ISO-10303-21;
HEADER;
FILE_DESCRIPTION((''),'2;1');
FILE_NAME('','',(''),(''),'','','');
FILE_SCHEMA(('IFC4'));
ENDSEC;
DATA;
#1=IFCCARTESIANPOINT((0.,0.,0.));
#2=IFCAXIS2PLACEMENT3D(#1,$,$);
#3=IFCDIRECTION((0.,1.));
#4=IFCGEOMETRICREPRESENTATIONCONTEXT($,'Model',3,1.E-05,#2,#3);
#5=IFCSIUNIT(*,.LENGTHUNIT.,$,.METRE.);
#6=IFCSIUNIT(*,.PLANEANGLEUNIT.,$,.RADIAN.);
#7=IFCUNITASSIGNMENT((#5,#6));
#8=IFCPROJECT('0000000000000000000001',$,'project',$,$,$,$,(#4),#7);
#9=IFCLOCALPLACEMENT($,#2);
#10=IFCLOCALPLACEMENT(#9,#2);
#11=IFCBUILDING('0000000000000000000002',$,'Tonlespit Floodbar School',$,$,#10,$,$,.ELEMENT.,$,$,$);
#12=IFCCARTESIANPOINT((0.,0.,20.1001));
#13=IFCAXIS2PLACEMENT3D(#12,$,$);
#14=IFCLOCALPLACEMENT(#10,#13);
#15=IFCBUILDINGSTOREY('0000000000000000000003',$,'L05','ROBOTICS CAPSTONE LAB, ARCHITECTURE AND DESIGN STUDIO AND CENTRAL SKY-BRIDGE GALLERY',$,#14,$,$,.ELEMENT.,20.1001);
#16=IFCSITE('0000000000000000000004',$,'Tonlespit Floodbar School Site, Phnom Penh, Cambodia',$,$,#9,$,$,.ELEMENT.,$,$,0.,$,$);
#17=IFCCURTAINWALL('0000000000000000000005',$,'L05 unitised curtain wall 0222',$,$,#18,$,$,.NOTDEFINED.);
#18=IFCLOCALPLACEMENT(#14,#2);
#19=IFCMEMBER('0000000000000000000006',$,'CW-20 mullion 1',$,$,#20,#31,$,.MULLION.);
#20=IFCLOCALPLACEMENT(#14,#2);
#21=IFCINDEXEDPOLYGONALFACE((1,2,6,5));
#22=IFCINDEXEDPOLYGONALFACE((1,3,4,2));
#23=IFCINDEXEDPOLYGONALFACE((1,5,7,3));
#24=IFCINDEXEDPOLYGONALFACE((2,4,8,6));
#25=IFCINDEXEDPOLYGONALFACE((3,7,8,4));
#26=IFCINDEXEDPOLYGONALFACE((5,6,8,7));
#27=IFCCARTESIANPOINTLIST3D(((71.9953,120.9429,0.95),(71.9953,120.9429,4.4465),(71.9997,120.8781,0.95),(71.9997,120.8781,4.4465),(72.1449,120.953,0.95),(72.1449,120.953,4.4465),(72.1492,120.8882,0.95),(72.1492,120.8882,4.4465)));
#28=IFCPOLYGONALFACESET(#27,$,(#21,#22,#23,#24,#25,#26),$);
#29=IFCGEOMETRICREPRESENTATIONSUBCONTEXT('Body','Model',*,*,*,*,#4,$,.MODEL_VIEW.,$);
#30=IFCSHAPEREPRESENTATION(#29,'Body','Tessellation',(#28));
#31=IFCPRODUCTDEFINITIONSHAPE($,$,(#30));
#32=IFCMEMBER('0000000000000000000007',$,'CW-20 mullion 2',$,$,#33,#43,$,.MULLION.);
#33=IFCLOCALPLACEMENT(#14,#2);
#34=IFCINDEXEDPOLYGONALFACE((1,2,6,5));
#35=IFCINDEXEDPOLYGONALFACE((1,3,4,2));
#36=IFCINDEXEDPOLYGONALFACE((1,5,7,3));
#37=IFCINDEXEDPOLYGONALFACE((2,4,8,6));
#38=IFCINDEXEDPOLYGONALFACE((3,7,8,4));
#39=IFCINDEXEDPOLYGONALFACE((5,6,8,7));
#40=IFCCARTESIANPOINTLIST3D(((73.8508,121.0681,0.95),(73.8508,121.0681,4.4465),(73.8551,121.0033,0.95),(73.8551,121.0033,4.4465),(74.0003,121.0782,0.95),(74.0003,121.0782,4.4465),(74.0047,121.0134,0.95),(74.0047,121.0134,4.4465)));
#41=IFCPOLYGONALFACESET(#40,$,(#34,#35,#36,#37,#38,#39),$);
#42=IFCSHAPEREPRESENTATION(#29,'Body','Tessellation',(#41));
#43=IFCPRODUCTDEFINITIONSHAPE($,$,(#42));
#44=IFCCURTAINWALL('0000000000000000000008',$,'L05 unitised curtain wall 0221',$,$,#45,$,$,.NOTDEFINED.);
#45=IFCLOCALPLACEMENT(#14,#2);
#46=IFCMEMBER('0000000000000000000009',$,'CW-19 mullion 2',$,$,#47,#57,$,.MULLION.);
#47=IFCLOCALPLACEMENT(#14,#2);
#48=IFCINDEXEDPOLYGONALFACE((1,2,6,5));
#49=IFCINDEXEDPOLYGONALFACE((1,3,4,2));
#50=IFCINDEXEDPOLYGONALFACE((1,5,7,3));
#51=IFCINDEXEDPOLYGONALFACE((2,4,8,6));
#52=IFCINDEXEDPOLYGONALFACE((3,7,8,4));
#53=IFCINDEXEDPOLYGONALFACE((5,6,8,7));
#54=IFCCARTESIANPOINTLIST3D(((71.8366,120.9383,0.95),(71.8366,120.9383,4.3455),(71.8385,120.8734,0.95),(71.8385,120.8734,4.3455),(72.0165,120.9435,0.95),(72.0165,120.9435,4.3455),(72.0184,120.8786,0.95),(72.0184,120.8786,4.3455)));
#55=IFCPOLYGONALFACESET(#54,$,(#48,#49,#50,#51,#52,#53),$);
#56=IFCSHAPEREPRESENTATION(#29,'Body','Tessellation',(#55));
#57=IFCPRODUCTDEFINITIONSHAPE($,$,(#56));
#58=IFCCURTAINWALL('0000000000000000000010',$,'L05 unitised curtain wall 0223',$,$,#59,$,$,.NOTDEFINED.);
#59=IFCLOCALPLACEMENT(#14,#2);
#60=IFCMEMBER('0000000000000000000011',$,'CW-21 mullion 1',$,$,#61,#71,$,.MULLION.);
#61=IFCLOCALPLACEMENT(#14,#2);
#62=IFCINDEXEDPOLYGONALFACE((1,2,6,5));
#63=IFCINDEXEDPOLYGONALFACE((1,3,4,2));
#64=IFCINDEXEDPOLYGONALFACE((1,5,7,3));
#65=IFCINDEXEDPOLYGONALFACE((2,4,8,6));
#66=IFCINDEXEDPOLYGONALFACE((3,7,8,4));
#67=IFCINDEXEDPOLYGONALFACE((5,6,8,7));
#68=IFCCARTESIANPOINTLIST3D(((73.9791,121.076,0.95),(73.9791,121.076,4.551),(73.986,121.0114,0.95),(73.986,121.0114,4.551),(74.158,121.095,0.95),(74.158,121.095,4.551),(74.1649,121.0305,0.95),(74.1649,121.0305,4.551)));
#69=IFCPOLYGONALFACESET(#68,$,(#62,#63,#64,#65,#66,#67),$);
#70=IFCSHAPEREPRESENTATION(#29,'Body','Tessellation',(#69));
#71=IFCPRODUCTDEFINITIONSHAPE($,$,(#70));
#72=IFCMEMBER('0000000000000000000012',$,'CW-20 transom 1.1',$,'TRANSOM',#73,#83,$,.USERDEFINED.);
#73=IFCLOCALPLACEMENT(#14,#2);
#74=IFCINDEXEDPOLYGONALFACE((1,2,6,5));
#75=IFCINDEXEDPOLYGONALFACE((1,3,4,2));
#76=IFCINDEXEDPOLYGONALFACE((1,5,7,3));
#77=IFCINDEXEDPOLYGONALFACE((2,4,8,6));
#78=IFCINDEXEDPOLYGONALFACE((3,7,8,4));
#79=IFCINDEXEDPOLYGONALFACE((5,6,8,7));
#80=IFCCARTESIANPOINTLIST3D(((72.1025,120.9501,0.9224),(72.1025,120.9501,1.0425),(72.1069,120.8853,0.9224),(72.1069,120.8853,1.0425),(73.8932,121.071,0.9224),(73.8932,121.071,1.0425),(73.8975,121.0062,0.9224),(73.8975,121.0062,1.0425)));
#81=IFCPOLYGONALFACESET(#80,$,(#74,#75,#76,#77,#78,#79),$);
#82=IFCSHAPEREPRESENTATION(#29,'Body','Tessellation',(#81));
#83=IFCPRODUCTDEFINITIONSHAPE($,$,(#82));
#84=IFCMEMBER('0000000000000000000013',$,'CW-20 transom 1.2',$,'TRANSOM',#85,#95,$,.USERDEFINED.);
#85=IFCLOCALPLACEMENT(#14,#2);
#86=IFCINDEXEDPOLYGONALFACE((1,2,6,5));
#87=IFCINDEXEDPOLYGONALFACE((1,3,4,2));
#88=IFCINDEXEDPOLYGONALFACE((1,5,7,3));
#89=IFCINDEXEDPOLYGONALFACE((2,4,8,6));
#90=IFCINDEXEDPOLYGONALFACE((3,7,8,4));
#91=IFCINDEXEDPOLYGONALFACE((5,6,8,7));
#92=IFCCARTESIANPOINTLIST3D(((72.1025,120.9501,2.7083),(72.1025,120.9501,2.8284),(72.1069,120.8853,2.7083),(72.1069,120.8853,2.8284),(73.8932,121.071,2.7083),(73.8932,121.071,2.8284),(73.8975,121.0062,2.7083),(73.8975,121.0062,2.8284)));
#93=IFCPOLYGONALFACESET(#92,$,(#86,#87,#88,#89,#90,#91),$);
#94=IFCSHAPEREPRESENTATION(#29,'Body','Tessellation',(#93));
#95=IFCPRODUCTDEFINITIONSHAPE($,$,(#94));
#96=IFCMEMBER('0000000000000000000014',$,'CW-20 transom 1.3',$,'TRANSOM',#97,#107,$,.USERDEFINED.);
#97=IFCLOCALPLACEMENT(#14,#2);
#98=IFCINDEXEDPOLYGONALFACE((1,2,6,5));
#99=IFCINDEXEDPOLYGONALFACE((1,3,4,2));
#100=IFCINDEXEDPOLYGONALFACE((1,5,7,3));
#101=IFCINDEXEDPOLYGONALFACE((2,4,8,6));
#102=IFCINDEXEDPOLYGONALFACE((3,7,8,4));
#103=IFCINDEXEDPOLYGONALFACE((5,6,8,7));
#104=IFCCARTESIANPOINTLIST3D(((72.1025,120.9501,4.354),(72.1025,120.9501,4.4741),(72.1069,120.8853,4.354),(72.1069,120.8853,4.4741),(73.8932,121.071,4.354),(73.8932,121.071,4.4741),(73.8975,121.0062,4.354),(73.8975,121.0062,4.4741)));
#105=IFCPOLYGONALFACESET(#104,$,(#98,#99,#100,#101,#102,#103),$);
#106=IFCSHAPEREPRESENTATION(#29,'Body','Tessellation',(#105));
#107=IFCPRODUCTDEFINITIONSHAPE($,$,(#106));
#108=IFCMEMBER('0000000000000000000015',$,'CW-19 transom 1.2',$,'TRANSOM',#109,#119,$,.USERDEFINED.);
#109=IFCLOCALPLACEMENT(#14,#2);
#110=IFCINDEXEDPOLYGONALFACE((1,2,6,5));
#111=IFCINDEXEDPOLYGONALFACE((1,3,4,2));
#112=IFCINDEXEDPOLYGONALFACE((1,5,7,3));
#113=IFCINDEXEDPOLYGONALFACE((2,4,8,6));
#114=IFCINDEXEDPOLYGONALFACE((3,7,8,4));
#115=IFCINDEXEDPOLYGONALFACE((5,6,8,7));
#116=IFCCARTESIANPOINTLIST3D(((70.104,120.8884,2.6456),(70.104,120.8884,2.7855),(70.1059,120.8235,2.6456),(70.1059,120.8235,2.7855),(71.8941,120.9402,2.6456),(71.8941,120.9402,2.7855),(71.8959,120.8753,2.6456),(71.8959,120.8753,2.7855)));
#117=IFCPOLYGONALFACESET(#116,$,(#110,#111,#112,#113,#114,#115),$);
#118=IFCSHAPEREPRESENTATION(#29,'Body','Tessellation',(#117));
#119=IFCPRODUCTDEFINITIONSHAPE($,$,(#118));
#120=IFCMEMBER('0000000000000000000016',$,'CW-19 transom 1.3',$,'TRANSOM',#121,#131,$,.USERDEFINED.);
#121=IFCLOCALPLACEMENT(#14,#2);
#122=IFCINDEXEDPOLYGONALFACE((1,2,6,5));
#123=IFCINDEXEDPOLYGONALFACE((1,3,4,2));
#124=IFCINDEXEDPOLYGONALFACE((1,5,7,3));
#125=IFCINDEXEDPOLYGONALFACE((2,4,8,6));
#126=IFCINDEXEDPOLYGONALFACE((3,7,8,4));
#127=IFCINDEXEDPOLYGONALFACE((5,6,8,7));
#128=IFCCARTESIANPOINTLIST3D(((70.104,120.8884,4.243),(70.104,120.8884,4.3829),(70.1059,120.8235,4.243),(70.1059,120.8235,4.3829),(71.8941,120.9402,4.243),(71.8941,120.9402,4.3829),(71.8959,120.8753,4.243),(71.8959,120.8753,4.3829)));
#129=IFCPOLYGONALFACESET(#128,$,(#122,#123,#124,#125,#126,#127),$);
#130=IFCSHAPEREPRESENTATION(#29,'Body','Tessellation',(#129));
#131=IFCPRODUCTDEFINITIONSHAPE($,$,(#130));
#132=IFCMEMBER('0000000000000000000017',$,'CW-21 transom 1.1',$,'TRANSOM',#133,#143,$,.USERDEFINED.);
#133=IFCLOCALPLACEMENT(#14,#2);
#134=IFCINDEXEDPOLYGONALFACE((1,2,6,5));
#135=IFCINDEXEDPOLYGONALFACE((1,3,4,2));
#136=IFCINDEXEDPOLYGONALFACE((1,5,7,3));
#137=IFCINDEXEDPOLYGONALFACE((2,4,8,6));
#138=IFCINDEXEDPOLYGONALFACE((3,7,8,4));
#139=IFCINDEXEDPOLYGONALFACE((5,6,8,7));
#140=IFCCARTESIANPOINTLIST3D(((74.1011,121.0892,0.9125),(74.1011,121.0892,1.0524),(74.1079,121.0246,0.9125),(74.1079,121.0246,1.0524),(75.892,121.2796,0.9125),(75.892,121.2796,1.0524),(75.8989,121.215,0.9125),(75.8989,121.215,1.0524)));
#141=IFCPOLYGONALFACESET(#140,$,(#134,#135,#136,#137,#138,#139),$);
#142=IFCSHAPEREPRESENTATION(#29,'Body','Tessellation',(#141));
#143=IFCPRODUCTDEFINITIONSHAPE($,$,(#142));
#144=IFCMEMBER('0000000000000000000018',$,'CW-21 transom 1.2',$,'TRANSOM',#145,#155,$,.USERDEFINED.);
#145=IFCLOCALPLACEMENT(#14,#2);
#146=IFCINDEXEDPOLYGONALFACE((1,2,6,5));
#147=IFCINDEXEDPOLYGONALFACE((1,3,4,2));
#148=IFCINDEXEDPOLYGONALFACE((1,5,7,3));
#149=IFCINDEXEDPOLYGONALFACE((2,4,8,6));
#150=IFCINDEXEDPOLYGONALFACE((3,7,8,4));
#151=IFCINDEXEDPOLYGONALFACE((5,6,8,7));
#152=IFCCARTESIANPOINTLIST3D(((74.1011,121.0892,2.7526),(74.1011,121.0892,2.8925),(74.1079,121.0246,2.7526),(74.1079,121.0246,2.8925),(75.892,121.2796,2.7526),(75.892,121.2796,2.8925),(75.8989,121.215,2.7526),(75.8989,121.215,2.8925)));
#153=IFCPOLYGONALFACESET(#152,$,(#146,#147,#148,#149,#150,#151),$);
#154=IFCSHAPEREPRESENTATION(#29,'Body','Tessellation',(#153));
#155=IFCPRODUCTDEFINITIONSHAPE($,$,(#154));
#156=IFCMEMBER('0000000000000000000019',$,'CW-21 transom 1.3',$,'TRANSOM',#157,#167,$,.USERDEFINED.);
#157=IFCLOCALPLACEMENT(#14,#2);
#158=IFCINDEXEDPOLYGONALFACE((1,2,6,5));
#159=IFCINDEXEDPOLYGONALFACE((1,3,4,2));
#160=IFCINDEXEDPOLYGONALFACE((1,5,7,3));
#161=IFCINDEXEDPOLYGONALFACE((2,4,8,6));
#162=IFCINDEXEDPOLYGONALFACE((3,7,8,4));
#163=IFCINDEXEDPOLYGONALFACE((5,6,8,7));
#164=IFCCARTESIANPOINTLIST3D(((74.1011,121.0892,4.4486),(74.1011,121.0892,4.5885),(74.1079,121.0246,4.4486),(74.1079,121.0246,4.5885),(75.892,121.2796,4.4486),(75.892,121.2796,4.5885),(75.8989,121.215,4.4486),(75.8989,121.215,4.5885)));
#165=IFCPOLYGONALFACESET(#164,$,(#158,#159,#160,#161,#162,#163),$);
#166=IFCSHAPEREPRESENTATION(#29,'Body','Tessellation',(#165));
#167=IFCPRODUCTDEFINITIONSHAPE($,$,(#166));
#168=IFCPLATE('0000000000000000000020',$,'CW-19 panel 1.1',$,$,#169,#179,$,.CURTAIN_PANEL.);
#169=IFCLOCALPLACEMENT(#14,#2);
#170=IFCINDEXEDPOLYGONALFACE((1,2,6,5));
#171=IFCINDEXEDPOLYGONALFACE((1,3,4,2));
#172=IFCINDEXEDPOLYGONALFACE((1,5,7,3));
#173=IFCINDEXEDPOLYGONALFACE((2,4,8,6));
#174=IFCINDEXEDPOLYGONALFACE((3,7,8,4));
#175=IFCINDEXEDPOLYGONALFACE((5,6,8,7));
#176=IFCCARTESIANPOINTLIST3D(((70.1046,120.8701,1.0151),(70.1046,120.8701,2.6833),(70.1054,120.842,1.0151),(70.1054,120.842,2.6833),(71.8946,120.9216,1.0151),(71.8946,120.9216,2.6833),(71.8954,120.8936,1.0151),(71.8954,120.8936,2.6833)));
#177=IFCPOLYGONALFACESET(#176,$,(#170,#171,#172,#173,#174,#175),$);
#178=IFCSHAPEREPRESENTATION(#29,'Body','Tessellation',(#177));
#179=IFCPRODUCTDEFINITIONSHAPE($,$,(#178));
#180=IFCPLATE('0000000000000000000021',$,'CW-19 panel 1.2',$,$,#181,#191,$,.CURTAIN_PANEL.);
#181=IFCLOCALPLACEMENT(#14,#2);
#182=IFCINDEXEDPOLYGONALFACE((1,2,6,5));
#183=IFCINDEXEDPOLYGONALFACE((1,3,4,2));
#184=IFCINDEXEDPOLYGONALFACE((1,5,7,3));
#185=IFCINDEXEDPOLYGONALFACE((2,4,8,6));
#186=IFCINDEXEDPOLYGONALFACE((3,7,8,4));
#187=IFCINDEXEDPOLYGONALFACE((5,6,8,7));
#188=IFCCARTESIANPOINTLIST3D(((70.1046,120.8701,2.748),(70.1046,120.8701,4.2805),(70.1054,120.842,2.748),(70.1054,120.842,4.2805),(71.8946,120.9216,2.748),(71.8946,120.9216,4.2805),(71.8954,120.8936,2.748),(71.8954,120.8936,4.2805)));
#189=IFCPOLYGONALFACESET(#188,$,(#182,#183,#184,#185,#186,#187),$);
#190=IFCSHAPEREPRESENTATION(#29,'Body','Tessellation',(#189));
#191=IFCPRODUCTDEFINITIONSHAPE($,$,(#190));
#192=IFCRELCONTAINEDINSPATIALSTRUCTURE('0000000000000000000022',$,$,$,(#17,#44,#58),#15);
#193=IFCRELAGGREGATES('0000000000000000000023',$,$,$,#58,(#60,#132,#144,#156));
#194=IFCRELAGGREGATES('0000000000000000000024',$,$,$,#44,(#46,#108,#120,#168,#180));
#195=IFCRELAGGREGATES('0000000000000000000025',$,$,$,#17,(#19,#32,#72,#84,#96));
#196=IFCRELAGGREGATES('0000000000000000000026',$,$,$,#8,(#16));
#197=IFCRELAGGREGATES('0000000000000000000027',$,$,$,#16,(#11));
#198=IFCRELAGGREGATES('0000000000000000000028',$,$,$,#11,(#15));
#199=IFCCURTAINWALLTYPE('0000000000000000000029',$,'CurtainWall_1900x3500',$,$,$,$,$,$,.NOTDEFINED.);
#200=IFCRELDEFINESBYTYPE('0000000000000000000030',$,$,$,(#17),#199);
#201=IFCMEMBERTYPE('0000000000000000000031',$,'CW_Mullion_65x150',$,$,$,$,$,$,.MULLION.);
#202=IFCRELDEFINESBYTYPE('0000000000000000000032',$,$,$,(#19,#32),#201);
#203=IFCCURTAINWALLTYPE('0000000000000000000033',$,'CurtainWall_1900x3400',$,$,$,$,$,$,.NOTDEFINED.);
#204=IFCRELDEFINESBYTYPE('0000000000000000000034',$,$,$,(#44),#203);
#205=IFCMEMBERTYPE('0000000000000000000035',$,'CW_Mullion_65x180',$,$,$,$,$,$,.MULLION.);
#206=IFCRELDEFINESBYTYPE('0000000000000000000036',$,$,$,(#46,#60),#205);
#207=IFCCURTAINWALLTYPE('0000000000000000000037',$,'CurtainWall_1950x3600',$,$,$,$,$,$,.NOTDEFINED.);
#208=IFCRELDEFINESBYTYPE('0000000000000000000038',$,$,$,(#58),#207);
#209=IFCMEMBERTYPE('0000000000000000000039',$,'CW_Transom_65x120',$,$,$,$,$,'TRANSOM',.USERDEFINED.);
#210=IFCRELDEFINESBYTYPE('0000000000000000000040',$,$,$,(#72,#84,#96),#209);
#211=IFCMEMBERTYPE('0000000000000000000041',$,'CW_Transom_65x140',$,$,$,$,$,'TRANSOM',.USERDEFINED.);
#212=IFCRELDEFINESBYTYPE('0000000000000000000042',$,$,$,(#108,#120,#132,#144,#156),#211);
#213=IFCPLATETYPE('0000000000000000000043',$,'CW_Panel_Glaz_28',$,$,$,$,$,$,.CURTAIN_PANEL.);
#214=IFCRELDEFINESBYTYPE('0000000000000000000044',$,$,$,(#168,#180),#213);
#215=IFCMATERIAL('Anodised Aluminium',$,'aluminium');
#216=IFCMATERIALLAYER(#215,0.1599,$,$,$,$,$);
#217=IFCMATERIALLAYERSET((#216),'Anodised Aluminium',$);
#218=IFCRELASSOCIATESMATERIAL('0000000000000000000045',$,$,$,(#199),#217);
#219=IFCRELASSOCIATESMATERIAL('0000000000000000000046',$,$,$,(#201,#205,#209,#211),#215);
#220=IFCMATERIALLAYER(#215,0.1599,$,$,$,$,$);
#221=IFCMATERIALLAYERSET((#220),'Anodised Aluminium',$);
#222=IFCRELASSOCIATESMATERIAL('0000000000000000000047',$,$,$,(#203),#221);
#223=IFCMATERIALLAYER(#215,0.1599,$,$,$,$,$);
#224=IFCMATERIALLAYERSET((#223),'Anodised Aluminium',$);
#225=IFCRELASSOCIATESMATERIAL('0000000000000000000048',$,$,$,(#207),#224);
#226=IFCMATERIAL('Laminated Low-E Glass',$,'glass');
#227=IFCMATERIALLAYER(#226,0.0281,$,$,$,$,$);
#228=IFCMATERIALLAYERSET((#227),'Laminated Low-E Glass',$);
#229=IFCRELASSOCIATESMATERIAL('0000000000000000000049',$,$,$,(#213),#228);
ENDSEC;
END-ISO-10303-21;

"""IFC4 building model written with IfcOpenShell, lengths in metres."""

from ifc_helpers import new_model, si_unit, direction, frame, origin, origin_2d, place, context, subcontext, project, spatial, rectangle, extrude, material, layer, layer_set, material_profile, profile_set, type_object, element, aggregate, save


model = new_model("IFC4")

# Units and contexts
model_context = context("Model", 3, precision=1e-05, world=origin(), true_north=direction((0.0, 1.0)))
body_context = subcontext(model_context, "Body", "Model", "MODEL_VIEW")
ifc_project = project(units=[si_unit("LENGTHUNIT", "METRE"), si_unit("PLANEANGLEUNIT", "RADIAN")], contexts=[model_context])

# Site, building, storey
site_placement = place(None, origin())
site = spatial("IfcSite", under=ifc_project, at=site_placement, Name="Tonlespit Floodbar School Site, Phnom Penh, Cambodia", CompositionType="ELEMENT", RefElevation=0.0)
building_placement = place(site_placement, origin())
building = spatial("IfcBuilding", under=site, at=building_placement, Name="Tonlespit Floodbar School", CompositionType="ELEMENT")
storey_placement = place(building_placement, frame((0.0, 0.0, 20.1001)))
storey = spatial("IfcBuildingStorey", under=building, at=storey_placement, Name="L05", Description="ROBOTICS CAPSTONE LAB, ARCHITECTURE AND DESIGN STUDIO AND CENTRAL SKY-BRIDGE GALLERY", CompositionType="ELEMENT", Elevation=20.1001)

# Curtain wall, members
ifc_material_1 = material(Name="Anodised Aluminium", Category="aluminium")
ifc_layer_1 = layer(ifc_material_1, 0.1599)
ifc_layer_set_1 = layer_set([ifc_layer_1], Name="Anodised Aluminium")
curtain_wall_type_1 = type_object("IfcCurtainWallType", Name="CurtainWall_1900x3500", PredefinedType="NOTDEFINED", material=ifc_layer_set_1)
curtain_wall_1_placement = place(storey_placement, origin())
curtain_wall_1 = element("IfcCurtainWall", 1, at=curtain_wall_1_placement, inside=storey, type_object=curtain_wall_type_1, Name="L05 unitised curtain wall 0222", PredefinedType="NOTDEFINED")
ifc_material_profile_1 = material_profile(ifc_material_1, rectangle(XDim=0.0649, YDim=0.1499, at=origin_2d()), Name="ALU M65x150")
ifc_profile_set_1 = profile_set([ifc_material_profile_1], Name="Anodised Aluminium")
member_type_1 = type_object("IfcMemberType", Name="CW_Mullion_65x150", PredefinedType="MULLION", material=ifc_profile_set_1)
member_1_placement = place(storey_placement, frame((72.0723, 120.9155, 0.95), z_axis=(0.0, 0.0, 1.0), x_axis=(-0.06734, 0.99773, 0.0)))
member_1 = element("IfcMember", 2, at=member_1_placement, type_object=member_type_1, Name="CW-20 mullion 1", PredefinedType="MULLION", context=body_context, shape_type="SweptSolid", body=[
    extrude(rectangle(XDim=0.0649, YDim=0.1499, at=origin_2d()), origin(), (0.0, 0.0, 1.0), 3.4966),
])
member_2_placement = place(storey_placement, frame((73.9277, 121.0408, 0.95), z_axis=(0.0, 0.0, 1.0), x_axis=(-0.06734, 0.99773, 0.0)))
member_2 = element("IfcMember", 3, at=member_2_placement, type_object=member_type_1, Name="CW-20 mullion 2", PredefinedType="MULLION", context=body_context, shape_type="SweptSolid", body=[
    extrude(rectangle(XDim=0.0649, YDim=0.1499, at=origin_2d()), origin(), (0.0, 0.0, 1.0), 3.4966),
])

# Curtain walls, members
ifc_layer_2 = layer(ifc_material_1, 0.1599)
ifc_layer_set_2 = layer_set([ifc_layer_2], Name="Anodised Aluminium")
curtain_wall_type_2 = type_object("IfcCurtainWallType", Name="CurtainWall_1900x3400", PredefinedType="NOTDEFINED", material=ifc_layer_set_2)
curtain_wall_2_placement = place(storey_placement, origin())
curtain_wall_2 = element("IfcCurtainWall", 4, at=curtain_wall_2_placement, inside=storey, type_object=curtain_wall_type_2, Name="L05 unitised curtain wall 0221", PredefinedType="NOTDEFINED")
ifc_material_profile_2 = material_profile(ifc_material_1, rectangle(XDim=0.0649, YDim=0.1799, at=origin_2d()), Name="ALU M65x180")
ifc_profile_set_2 = profile_set([ifc_material_profile_2], Name="Anodised Aluminium")
member_type_2 = type_object("IfcMemberType", Name="CW_Mullion_65x180", PredefinedType="MULLION", material=ifc_profile_set_2)
member_3_placement = place(storey_placement, frame((71.9275, 120.9084, 0.95), z_axis=(0.0, 0.0, 1.0), x_axis=(-0.02879, 0.999585, 0.0)))
member_3 = element("IfcMember", 5, at=member_3_placement, type_object=member_type_2, Name="CW-19 mullion 2", PredefinedType="MULLION", context=body_context, shape_type="SweptSolid", body=[
    extrude(rectangle(XDim=0.0649, YDim=0.1799, at=origin_2d()), origin(), (0.0, 0.0, 1.0), 3.3955),
])
ifc_layer_3 = layer(ifc_material_1, 0.1599)
ifc_layer_set_3 = layer_set([ifc_layer_3], Name="Anodised Aluminium")
curtain_wall_type_3 = type_object("IfcCurtainWallType", Name="CurtainWall_1950x3600", PredefinedType="NOTDEFINED", material=ifc_layer_set_3)
curtain_wall_3_placement = place(storey_placement, origin())
curtain_wall_3 = element("IfcCurtainWall", 6, at=curtain_wall_3_placement, inside=storey, type_object=curtain_wall_type_3, Name="L05 unitised curtain wall 0223", PredefinedType="NOTDEFINED")
member_4_placement = place(storey_placement, frame((74.072, 121.0532, 0.95), z_axis=(0.0, 0.0, 1.0), x_axis=(-0.105787, 0.994389, 0.0)))
member_4 = element("IfcMember", 7, at=member_4_placement, type_object=member_type_2, Name="CW-21 mullion 1", PredefinedType="MULLION", context=body_context, shape_type="SweptSolid", body=[
    extrude(rectangle(XDim=0.0649, YDim=0.1799, at=origin_2d()), origin(), (0.0, 0.0, 1.0), 3.6011),
])

# Members
ifc_material_profile_3 = material_profile(ifc_material_1, rectangle(XDim=0.0649, YDim=0.1201, at=origin_2d()), Name="ALU T65x120")
ifc_profile_set_3 = profile_set([ifc_material_profile_3], Name="Anodised Aluminium")
member_type_3 = type_object("IfcMemberType", Name="CW_Transom_65x120", ElementType="TRANSOM", PredefinedType="USERDEFINED", material=ifc_profile_set_3)
member_5_placement = place(storey_placement, frame((72.1047, 120.9177, 0.9824), z_axis=(0.99773, 0.067341, 0.0), x_axis=(-0.067341, 0.99773, 0.0)))
member_5 = element("IfcMember", 8, at=member_5_placement, type_object=member_type_3, Name="CW-20 transom 1.1", ObjectType="TRANSOM", PredefinedType="USERDEFINED", context=body_context, shape_type="SweptSolid", body=[
    extrude(rectangle(XDim=0.0649, YDim=0.1201, at=origin_2d()), origin(), (0.0, 0.0, 1.0), 1.7947),
])
member_6_placement = place(storey_placement, frame((72.1047, 120.9177, 2.7683), z_axis=(0.99773, 0.067341, 0.0), x_axis=(-0.067341, 0.99773, 0.0)))
member_6 = element("IfcMember", 9, at=member_6_placement, type_object=member_type_3, Name="CW-20 transom 1.2", ObjectType="TRANSOM", PredefinedType="USERDEFINED", context=body_context, shape_type="SweptSolid", body=[
    extrude(rectangle(XDim=0.0649, YDim=0.1201, at=origin_2d()), origin(), (0.0, 0.0, 1.0), 1.7947),
])
member_7_placement = place(storey_placement, frame((72.1047, 120.9177, 4.4141), z_axis=(0.99773, 0.067341, 0.0), x_axis=(-0.067341, 0.99773, 0.0)))
member_7 = element("IfcMember", 10, at=member_7_placement, type_object=member_type_3, Name="CW-20 transom 1.3", ObjectType="TRANSOM", PredefinedType="USERDEFINED", context=body_context, shape_type="SweptSolid", body=[
    extrude(rectangle(XDim=0.0649, YDim=0.1201, at=origin_2d()), origin(), (0.0, 0.0, 1.0), 1.7947),
])
ifc_material_profile_4 = material_profile(ifc_material_1, rectangle(XDim=0.0649, YDim=0.1399, at=origin_2d()), Name="ALU T65x140")
ifc_profile_set_4 = profile_set([ifc_material_profile_4], Name="Anodised Aluminium")
member_type_4 = type_object("IfcMemberType", Name="CW_Transom_65x140", ElementType="TRANSOM", PredefinedType="USERDEFINED", material=ifc_profile_set_4)
member_8_placement = place(storey_placement, frame((70.105, 120.856, 2.7156), z_axis=(0.999582, 0.028902, 0.0), x_axis=(-0.028902, 0.999582, 0.0)))
member_8 = element("IfcMember", 11, at=member_8_placement, type_object=member_type_4, Name="CW-19 transom 1.2", ObjectType="TRANSOM", PredefinedType="USERDEFINED", context=body_context, shape_type="SweptSolid", body=[
    extrude(rectangle(XDim=0.0649, YDim=0.1399, at=origin_2d()), origin(), (0.0, 0.0, 1.0), 1.7908),
])
member_9_placement = place(storey_placement, frame((70.105, 120.856, 4.313), z_axis=(0.999582, 0.028902, 0.0), x_axis=(-0.028902, 0.999582, 0.0)))
member_9 = element("IfcMember", 12, at=member_9_placement, type_object=member_type_4, Name="CW-19 transom 1.3", ObjectType="TRANSOM", PredefinedType="USERDEFINED", context=body_context, shape_type="SweptSolid", body=[
    extrude(rectangle(XDim=0.0649, YDim=0.1399, at=origin_2d()), origin(), (0.0, 0.0, 1.0), 1.7908),
])
member_10_placement = place(storey_placement, frame((74.1045, 121.0569, 0.9824), z_axis=(0.994395, 0.105729, 0.0), x_axis=(-0.105729, 0.994395, 0.0)))
member_10 = element("IfcMember", 13, at=member_10_placement, type_object=member_type_4, Name="CW-21 transom 1.1", ObjectType="TRANSOM", PredefinedType="USERDEFINED", context=body_context, shape_type="SweptSolid", body=[
    extrude(rectangle(XDim=0.0649, YDim=0.1399, at=origin_2d()), origin(), (0.0, 0.0, 1.0), 1.801),
])
member_11_placement = place(storey_placement, frame((74.1045, 121.0569, 2.8225), z_axis=(0.994395, 0.105729, 0.0), x_axis=(-0.105729, 0.994395, 0.0)))
member_11 = element("IfcMember", 14, at=member_11_placement, type_object=member_type_4, Name="CW-21 transom 1.2", ObjectType="TRANSOM", PredefinedType="USERDEFINED", context=body_context, shape_type="SweptSolid", body=[
    extrude(rectangle(XDim=0.0649, YDim=0.1399, at=origin_2d()), origin(), (0.0, 0.0, 1.0), 1.801),
])
member_12_placement = place(storey_placement, frame((74.1045, 121.0569, 4.5186), z_axis=(0.994395, 0.105729, 0.0), x_axis=(-0.105729, 0.994395, 0.0)))
member_12 = element("IfcMember", 15, at=member_12_placement, type_object=member_type_4, Name="CW-21 transom 1.3", ObjectType="TRANSOM", PredefinedType="USERDEFINED", context=body_context, shape_type="SweptSolid", body=[
    extrude(rectangle(XDim=0.0649, YDim=0.1399, at=origin_2d()), origin(), (0.0, 0.0, 1.0), 1.801),
])
aggregate(curtain_wall_3, [member_4, member_10, member_11, member_12])

# Plates
ifc_material_2 = material(Name="Laminated Low-E Glass", Category="glass")
ifc_layer_4 = layer(ifc_material_2, 0.0281)
ifc_layer_set_4 = layer_set([ifc_layer_4], Name="Laminated Low-E Glass")
plate_type_1 = type_object("IfcPlateType", Name="CW_Panel_Glaz_28", PredefinedType="CURTAIN_PANEL", material=ifc_layer_set_4)
plate_1_placement = place(storey_placement, frame((71.0, 120.8818, 1.0151), z_axis=(0.0, 0.0, 1.0), x_axis=(0.999585, 0.02879, 0.0)))
plate_1 = element("IfcPlate", 16, at=plate_1_placement, type_object=plate_type_1, Name="CW-19 panel 1.1", PredefinedType="CURTAIN_PANEL", context=body_context, shape_type="SweptSolid", body=[
    extrude(rectangle(XDim=1.7908, YDim=0.0281, at=origin_2d()), origin(), (0.0, 0.0, 1.0), 1.6682),
])
plate_2_placement = place(storey_placement, frame((71.0, 120.8818, 2.748), z_axis=(0.0, 0.0, 1.0), x_axis=(0.999585, 0.02879, 0.0)))
plate_2 = element("IfcPlate", 17, at=plate_2_placement, type_object=plate_type_1, Name="CW-19 panel 1.2", PredefinedType="CURTAIN_PANEL", context=body_context, shape_type="SweptSolid", body=[
    extrude(rectangle(XDim=1.7908, YDim=0.0281, at=origin_2d()), origin(), (0.0, 0.0, 1.0), 1.5325),
])
aggregate(curtain_wall_2, [member_3, member_8, member_9, plate_1, plate_2])
aggregate(curtain_wall_1, [member_1, member_2, member_5, member_6, member_7])

save(model, "model.ifc")
